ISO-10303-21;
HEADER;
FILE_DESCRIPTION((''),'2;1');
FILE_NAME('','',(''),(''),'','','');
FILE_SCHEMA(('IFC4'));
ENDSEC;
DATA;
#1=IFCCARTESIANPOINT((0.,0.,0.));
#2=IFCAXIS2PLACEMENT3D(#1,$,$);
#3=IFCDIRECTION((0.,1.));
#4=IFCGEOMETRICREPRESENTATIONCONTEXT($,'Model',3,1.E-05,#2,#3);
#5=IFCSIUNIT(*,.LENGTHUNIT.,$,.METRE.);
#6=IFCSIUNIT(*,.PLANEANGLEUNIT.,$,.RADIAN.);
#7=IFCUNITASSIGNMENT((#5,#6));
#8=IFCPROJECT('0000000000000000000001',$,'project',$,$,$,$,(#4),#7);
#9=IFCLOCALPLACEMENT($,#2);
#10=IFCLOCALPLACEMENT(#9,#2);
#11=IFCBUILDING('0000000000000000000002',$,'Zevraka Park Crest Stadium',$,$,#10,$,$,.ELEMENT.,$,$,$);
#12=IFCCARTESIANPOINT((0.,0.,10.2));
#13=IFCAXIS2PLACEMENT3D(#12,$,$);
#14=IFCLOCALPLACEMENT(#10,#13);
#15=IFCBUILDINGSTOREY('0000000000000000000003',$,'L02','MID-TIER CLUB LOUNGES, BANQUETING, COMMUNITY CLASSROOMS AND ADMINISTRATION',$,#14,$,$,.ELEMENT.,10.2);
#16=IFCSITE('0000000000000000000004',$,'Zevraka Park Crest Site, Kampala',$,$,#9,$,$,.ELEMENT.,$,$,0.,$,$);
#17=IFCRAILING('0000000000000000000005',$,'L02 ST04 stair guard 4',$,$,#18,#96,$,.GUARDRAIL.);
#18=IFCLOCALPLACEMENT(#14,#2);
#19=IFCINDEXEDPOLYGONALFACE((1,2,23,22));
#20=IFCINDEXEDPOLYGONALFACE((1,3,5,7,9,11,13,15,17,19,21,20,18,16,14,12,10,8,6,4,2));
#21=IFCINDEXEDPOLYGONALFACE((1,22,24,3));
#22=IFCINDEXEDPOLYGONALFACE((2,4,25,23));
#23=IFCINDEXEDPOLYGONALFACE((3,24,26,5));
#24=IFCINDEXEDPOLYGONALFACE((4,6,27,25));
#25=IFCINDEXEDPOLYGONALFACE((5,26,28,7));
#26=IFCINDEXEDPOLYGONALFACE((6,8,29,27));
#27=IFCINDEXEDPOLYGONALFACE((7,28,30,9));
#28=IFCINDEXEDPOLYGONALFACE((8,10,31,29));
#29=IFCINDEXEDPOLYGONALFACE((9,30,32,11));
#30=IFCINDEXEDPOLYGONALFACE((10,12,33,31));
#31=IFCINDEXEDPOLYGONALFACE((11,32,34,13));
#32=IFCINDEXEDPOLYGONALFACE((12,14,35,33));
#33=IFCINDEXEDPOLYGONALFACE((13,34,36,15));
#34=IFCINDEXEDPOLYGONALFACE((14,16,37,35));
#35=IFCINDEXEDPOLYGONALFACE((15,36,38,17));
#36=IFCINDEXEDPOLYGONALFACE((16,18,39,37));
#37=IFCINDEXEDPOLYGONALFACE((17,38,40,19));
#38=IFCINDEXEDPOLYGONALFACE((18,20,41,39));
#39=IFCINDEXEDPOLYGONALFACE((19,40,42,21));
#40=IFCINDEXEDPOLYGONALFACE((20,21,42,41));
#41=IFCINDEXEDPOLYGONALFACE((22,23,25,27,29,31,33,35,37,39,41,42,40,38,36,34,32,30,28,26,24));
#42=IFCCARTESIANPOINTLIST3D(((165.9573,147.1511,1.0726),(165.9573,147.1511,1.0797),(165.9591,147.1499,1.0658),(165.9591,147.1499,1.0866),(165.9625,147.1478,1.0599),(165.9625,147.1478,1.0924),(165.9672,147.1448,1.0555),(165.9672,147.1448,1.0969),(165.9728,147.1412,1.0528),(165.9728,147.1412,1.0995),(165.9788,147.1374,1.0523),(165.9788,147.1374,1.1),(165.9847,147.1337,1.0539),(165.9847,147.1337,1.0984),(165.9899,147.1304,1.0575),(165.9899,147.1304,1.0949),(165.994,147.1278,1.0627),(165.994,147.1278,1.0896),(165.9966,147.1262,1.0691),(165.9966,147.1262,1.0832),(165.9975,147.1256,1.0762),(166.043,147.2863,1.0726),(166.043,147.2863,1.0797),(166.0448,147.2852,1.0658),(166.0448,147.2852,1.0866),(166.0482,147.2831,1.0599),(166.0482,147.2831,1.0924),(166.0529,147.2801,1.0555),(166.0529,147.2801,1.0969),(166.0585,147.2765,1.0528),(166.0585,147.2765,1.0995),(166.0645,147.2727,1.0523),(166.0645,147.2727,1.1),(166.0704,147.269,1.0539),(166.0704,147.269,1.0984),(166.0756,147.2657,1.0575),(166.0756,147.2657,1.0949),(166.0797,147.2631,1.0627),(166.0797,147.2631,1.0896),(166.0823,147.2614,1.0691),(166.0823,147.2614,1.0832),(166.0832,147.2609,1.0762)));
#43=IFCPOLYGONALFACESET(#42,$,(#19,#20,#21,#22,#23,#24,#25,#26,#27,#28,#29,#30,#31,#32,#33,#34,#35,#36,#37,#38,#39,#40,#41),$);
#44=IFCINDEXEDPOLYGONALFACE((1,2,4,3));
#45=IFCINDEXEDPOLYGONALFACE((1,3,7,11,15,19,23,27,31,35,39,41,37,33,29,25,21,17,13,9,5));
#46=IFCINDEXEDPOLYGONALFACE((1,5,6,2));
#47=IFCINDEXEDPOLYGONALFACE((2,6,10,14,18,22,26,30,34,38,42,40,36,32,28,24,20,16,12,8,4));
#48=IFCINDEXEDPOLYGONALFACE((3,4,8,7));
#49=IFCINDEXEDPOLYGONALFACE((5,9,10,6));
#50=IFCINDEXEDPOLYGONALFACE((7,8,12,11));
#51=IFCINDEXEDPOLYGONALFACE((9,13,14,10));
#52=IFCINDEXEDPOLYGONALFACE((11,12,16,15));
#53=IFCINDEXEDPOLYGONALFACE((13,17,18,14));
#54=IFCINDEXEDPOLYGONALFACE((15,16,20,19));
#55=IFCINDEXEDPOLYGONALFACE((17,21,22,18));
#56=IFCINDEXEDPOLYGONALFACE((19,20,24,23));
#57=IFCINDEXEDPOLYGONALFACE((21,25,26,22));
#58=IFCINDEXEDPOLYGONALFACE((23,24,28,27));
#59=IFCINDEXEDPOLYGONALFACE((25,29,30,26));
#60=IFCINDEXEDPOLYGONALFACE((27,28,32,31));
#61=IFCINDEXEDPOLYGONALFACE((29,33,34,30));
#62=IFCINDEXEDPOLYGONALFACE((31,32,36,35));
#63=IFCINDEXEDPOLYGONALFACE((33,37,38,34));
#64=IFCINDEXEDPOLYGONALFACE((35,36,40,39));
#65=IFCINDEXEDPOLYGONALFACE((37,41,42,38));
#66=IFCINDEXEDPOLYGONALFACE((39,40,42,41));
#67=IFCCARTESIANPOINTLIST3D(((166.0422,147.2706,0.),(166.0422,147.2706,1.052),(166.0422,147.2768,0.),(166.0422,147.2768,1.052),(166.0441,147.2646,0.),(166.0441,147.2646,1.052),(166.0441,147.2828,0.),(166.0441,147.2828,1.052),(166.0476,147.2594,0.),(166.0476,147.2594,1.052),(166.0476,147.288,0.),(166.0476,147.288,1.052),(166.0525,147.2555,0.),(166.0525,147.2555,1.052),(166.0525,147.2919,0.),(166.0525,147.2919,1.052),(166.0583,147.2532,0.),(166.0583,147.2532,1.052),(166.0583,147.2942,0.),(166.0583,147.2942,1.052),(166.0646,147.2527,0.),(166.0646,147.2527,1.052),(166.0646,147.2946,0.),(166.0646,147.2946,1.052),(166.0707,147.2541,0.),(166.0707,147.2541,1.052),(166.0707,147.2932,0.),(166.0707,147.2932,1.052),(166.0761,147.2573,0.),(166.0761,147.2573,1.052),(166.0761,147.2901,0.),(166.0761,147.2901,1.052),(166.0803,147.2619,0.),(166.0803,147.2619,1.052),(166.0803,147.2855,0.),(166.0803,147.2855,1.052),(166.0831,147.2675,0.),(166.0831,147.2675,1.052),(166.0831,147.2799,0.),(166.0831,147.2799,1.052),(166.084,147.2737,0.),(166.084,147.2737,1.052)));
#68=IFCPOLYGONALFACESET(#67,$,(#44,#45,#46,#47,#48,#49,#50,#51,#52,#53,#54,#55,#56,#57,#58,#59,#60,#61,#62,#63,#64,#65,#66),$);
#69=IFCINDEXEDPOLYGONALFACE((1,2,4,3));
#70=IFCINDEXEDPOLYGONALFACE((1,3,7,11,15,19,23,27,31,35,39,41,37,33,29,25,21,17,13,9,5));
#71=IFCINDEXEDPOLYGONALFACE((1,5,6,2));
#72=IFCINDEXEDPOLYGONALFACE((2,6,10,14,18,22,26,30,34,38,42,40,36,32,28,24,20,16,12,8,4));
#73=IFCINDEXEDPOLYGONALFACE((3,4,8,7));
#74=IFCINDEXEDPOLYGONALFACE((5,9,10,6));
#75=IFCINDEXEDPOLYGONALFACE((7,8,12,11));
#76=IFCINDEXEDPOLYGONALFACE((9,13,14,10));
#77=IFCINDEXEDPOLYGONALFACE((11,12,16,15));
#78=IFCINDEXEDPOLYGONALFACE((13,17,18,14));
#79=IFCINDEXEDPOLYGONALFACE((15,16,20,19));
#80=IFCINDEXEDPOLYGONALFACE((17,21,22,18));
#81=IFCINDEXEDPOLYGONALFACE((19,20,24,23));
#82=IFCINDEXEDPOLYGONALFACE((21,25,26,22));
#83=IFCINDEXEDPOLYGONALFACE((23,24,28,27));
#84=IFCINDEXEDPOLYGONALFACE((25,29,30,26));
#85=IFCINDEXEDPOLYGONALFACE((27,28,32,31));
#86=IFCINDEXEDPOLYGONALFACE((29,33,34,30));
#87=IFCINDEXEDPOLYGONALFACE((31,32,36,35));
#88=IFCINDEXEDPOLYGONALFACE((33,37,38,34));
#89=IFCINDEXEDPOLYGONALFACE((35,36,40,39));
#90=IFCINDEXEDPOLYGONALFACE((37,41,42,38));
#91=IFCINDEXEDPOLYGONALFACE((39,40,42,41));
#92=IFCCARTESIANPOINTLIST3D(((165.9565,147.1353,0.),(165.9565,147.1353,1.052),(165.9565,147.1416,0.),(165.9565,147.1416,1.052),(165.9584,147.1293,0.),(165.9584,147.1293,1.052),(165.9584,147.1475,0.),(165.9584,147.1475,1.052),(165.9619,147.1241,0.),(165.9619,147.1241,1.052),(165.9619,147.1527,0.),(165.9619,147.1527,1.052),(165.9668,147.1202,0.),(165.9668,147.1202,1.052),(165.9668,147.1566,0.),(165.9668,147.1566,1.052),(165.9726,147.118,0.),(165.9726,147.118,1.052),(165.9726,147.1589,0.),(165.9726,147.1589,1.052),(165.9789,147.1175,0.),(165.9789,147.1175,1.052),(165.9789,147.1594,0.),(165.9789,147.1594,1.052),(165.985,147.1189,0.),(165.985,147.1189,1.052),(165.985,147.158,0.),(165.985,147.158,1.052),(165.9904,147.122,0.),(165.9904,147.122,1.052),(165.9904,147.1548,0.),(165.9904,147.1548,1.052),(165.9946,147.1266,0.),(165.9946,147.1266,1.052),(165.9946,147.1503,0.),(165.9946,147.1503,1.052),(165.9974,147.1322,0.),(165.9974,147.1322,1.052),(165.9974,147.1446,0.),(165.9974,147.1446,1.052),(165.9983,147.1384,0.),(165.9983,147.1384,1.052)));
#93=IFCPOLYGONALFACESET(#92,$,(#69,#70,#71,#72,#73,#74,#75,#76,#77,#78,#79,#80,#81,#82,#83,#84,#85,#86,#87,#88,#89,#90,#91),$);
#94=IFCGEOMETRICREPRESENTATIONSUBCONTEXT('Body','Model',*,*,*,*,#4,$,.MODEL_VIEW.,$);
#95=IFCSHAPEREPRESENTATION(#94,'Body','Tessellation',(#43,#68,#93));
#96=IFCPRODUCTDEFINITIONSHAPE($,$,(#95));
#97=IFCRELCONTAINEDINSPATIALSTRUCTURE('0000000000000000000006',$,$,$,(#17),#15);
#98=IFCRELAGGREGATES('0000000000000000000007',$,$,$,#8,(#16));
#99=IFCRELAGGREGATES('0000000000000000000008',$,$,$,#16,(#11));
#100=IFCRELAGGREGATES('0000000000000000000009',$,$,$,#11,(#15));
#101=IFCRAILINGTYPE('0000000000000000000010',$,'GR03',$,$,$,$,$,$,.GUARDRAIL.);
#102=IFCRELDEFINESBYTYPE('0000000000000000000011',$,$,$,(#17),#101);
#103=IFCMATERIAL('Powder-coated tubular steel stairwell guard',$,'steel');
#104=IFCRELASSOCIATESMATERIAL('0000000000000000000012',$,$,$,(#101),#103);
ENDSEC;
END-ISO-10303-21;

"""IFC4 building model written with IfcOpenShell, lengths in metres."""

from ifc_helpers import new_model, si_unit, direction, frame, origin, origin_2d, place, context, subcontext, project, spatial, circle, extrude, material, type_object, element, save


model = new_model("IFC4")

# Units and contexts
model_context = context("Model", 3, precision=1e-05, world=origin(), true_north=direction((0.0, 1.0)))
body_context = subcontext(model_context, "Body", "Model", "MODEL_VIEW")
ifc_project = project(units=[si_unit("LENGTHUNIT", "METRE"), si_unit("PLANEANGLEUNIT", "RADIAN")], contexts=[model_context])

# Site, building, storey
site_placement = place(None, origin())
site = spatial("IfcSite", under=ifc_project, at=site_placement, Name="Zevraka Park Crest Site, Kampala", CompositionType="ELEMENT", RefElevation=0.0)
building_placement = place(site_placement, origin())
building = spatial("IfcBuilding", under=site, at=building_placement, Name="Zevraka Park Crest Stadium", CompositionType="ELEMENT")
storey_placement = place(building_placement, frame((0.0, 0.0, 10.2)))
storey = spatial("IfcBuildingStorey", under=building, at=storey_placement, Name="L02", Description="MID-TIER CLUB LOUNGES, BANQUETING, COMMUNITY CLASSROOMS AND ADMINISTRATION", CompositionType="ELEMENT", Elevation=10.2)

# Railing
ifc_material_1 = material(Name="Powder-coated tubular steel stairwell guard", Category="steel")
railing_type_1 = type_object("IfcRailingType", Name="GR03", PredefinedType="GUARDRAIL", material=ifc_material_1)
railing_1_placement = place(storey_placement, frame((166.063, 147.2737, 0.0)))
element("IfcRailing", 1, at=railing_1_placement, inside=storey, type_object=railing_type_1, Name="L02 ST04 stair guard 4", PredefinedType="GUARDRAIL", context=body_context, shape_type="SweptSolid", body=[
    extrude(circle(Radius=0.0239, at=origin_2d()), frame((0.0, 0.0, 1.0762), z_axis=(-0.535197, -0.844727, 0.0), x_axis=(0.844727, -0.535197, 0.0)), (0.0, 0.0, 1.0), 0.1602),
    extrude(circle(Radius=0.021, at=origin_2d()), origin(), (0.0, 0.0, 1.0), 1.052),
    extrude(circle(Radius=0.021, at=origin_2d()), frame((-0.0857, -0.1353, 0.0)), (0.0, 0.0, 1.0), 1.052),
])

save(model, "model.ifc")
